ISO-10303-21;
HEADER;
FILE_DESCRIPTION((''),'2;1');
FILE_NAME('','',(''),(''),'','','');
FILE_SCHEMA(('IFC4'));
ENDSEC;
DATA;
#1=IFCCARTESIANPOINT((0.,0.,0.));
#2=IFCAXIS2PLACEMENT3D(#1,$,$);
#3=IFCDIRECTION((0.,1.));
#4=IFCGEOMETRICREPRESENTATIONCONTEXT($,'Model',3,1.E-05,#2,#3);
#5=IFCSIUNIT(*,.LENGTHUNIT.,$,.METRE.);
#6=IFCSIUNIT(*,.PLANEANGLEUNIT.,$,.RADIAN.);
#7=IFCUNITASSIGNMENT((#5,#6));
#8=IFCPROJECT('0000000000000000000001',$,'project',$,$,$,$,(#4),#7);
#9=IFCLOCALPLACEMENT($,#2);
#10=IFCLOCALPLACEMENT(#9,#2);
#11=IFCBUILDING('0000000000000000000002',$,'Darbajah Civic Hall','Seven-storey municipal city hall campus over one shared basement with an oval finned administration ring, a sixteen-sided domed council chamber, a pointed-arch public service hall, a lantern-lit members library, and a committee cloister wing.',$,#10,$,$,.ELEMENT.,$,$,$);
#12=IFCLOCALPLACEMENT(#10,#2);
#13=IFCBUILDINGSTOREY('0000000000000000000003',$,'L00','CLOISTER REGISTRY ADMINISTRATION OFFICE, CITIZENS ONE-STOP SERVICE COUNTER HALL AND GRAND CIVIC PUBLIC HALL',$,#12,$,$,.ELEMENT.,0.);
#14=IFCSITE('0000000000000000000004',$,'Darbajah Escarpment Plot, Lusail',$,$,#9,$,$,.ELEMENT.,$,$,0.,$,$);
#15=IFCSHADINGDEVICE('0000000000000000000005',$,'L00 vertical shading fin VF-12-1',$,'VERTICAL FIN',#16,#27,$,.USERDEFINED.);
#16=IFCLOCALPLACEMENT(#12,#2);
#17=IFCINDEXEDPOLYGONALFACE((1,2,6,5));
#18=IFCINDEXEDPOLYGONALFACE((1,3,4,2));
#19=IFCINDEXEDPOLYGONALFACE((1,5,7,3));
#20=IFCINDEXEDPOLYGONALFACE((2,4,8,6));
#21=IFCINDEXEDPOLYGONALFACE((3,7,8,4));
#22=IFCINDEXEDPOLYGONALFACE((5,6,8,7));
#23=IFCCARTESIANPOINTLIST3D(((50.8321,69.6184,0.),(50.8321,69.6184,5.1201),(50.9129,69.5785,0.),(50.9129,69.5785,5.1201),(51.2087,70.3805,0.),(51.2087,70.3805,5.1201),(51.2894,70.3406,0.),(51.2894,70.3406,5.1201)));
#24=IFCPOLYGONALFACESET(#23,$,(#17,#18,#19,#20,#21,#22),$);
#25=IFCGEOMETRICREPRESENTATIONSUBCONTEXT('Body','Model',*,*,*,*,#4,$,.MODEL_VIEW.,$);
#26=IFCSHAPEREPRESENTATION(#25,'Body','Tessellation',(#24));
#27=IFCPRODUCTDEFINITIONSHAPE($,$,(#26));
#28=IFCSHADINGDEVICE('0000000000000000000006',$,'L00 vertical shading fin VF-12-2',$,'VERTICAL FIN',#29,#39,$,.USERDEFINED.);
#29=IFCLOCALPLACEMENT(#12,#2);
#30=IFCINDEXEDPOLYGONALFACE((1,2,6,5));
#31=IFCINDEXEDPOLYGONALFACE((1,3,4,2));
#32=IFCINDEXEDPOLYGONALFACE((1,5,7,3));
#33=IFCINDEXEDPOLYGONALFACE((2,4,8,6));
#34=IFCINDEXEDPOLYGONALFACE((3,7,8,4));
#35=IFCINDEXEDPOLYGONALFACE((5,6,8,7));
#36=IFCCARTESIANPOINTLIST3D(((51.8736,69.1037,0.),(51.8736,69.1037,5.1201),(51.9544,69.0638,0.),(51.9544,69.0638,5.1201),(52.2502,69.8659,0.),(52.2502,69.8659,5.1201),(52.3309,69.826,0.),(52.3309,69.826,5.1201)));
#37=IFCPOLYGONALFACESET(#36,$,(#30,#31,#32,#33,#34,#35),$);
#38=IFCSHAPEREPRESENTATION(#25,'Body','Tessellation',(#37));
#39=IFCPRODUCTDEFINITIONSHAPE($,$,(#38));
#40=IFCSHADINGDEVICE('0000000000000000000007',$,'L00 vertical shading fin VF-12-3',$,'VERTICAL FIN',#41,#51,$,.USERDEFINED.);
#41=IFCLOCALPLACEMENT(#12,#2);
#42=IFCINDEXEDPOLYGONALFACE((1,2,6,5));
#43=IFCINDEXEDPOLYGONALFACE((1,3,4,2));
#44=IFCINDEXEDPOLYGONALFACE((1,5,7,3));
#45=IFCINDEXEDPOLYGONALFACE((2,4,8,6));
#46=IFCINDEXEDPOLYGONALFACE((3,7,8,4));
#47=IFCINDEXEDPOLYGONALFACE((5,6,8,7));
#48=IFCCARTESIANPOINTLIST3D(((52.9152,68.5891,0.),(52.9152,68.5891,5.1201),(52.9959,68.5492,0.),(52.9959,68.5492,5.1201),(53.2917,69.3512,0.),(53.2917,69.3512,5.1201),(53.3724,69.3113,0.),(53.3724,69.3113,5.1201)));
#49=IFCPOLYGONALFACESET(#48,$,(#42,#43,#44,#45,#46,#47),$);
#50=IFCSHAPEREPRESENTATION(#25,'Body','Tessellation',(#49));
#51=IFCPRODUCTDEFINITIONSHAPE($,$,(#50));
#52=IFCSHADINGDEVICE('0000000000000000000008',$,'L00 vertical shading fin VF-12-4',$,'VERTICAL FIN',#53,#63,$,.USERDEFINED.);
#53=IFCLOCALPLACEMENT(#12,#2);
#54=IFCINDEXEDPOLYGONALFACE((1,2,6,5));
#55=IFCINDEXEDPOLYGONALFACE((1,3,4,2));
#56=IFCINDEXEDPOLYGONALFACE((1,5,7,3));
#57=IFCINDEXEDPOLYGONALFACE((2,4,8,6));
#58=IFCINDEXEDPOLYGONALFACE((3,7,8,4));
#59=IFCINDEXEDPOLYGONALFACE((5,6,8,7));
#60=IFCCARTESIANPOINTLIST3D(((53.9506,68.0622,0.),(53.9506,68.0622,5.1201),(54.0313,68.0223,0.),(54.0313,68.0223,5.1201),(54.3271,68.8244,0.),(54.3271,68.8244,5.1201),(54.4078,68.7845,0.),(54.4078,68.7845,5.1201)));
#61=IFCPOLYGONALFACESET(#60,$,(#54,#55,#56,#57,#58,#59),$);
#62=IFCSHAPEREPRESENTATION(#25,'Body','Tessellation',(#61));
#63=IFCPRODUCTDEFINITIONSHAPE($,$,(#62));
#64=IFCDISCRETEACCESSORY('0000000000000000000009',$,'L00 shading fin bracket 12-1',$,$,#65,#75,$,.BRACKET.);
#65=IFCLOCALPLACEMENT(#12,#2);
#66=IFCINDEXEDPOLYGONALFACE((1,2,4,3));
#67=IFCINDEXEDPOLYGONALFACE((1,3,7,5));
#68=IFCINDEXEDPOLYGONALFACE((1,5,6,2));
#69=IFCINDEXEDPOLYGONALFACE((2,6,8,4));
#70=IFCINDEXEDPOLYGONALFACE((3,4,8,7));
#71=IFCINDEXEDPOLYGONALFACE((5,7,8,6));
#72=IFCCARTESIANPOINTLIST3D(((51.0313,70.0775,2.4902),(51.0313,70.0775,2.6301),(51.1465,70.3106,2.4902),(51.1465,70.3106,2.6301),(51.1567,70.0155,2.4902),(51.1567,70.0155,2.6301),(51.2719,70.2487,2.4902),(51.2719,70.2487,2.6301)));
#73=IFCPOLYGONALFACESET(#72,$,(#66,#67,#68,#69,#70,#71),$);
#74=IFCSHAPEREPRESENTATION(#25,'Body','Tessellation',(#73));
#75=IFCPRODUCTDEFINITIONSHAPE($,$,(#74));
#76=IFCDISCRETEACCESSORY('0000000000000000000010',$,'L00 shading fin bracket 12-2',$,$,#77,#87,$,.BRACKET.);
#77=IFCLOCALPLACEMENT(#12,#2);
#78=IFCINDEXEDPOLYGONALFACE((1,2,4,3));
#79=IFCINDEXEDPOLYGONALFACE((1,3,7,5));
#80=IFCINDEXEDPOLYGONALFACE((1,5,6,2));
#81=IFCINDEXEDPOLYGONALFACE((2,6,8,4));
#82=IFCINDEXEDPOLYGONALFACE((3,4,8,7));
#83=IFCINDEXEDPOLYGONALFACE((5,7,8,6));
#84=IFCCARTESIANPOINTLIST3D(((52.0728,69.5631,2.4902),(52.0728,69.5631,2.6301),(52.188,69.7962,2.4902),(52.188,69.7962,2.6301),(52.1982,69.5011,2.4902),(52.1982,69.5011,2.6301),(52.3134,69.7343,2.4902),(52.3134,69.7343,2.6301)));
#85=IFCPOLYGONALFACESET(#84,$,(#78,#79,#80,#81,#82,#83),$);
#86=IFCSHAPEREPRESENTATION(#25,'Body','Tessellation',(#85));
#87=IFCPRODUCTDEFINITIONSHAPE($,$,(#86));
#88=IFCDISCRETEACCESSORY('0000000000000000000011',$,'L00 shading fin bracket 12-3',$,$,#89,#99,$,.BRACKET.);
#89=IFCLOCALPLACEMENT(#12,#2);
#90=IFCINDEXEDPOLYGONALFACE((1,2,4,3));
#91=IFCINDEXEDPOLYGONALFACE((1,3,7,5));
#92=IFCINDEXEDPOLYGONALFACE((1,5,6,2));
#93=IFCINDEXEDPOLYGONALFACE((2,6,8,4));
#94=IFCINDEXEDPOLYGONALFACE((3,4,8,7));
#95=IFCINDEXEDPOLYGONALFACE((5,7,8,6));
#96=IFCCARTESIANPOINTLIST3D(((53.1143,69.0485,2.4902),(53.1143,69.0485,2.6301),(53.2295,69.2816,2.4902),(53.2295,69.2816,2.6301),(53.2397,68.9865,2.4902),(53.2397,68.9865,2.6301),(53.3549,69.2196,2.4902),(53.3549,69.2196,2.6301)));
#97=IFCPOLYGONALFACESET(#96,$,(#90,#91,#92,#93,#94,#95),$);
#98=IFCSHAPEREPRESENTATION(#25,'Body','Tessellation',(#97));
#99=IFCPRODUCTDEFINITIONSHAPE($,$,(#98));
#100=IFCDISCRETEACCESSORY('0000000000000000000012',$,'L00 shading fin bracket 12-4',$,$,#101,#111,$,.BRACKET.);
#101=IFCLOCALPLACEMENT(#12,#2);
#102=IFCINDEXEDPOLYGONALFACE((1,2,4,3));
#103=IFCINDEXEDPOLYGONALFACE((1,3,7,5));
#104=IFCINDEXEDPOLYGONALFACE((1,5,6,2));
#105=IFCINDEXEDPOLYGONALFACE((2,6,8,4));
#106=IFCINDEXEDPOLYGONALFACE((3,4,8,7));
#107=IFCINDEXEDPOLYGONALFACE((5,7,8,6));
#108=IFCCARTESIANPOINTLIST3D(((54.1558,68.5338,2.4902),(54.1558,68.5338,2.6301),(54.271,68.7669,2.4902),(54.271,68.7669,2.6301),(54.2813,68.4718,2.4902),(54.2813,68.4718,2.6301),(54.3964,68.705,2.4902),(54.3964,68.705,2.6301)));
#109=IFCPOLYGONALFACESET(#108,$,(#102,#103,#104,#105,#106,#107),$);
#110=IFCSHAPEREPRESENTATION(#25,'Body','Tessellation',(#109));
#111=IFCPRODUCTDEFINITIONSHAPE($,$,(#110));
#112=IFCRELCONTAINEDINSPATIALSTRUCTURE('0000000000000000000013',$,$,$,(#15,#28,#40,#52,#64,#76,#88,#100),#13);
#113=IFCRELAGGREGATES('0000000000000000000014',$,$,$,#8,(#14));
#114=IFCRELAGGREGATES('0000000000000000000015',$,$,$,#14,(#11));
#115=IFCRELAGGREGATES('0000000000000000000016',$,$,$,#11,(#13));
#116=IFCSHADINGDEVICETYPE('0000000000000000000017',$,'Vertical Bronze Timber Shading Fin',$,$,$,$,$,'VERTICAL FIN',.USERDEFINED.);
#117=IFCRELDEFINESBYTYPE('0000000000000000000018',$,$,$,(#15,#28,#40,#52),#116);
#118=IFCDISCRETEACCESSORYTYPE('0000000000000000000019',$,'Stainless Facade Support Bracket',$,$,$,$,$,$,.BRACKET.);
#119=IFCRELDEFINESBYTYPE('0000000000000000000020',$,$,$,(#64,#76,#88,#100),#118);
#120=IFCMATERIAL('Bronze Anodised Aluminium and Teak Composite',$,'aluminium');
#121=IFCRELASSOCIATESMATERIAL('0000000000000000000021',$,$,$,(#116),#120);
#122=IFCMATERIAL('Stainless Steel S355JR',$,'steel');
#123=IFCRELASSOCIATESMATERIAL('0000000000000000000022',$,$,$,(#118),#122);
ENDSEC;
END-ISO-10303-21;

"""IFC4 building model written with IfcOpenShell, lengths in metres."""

from ifc_helpers import new_model, si_unit, direction, frame, origin, origin_2d, place, context, subcontext, project, spatial, rectangle, extrude, material, type_object, element, save


model = new_model("IFC4")

# Units and contexts
model_context = context("Model", 3, precision=1e-05, world=origin(), true_north=direction((0.0, 1.0)))
body_context = subcontext(model_context, "Body", "Model", "MODEL_VIEW")
ifc_project = project(units=[si_unit("LENGTHUNIT", "METRE"), si_unit("PLANEANGLEUNIT", "RADIAN")], contexts=[model_context])

# Site, building, storey
site_placement = place(None, origin())
site = spatial("IfcSite", under=ifc_project, at=site_placement, Name="Darbajah Escarpment Plot, Lusail", CompositionType="ELEMENT", RefElevation=0.0)
building_placement = place(site_placement, origin())
building = spatial("IfcBuilding", under=site, at=building_placement, Name="Darbajah Civic Hall", Description="Seven-storey municipal city hall campus over one shared basement with an oval finned administration ring, a sixteen-sided domed council chamber, a pointed-arch public service hall, a lantern-lit members library, and a committee cloister wing.", CompositionType="ELEMENT")
storey_placement = place(building_placement, origin())
storey = spatial("IfcBuildingStorey", under=building, at=storey_placement, Name="L00", Description="CLOISTER REGISTRY ADMINISTRATION OFFICE, CITIZENS ONE-STOP SERVICE COUNTER HALL AND GRAND CIVIC PUBLIC HALL", CompositionType="ELEMENT", Elevation=0.0)

# Shading devices
ifc_material_1 = material(Name="Bronze Anodised Aluminium and Teak Composite", Category="aluminium")
shading_device_type = type_object("IfcShadingDeviceType", Name="Vertical Bronze Timber Shading Fin", ElementType="VERTICAL FIN", PredefinedType="USERDEFINED", material=ifc_material_1)
for number, where, z_axis, x_axis, name in (
    (1, (51.0608, 69.9795, 0.0), (0.0, 0.0, 1.0), (-0.442915, -0.896564, 0.0), "L00 vertical shading fin VF-12-1"),
    (2, (52.1023, 69.4648, 0.0), (0.0, 0.0, 1.0), (-0.442915, -0.896564, 0.0), "L00 vertical shading fin VF-12-2"),
    (3, (53.1438, 68.9502, 0.0), (0.0, 0.0, 1.0), (-0.442915, -0.896564, 0.0), "L00 vertical shading fin VF-12-3"),
    (4, (54.1792, 68.4233, 0.0), (0.0, 0.0, 1.0), (-0.442915, -0.896564, 0.0), "L00 vertical shading fin VF-12-4"),
):
    element("IfcShadingDevice", number, at=place(storey_placement, frame(where, z_axis=z_axis, x_axis=x_axis)), inside=storey, type_object=shading_device_type, Name=name, ObjectType="VERTICAL FIN", PredefinedType="USERDEFINED", context=body_context, shape_type="SweptSolid", body=[
        extrude(rectangle(XDim=0.8501, YDim=0.0901, at=origin_2d()), origin(), (0.0, 0.0, 1.0), 5.1201),
    ])

# Discrete accessories
ifc_material_2 = material(Name="Stainless Steel S355JR", Category="steel")
discrete_accessory_type = type_object("IfcDiscreteAccessoryType", Name="Stainless Facade Support Bracket", PredefinedType="BRACKET", material=ifc_material_2)
for number, where, z_axis, x_axis, name in (
    (5, (51.1516, 70.1631, 2.4902), (0.0, 0.0, 1.0), (-0.442915, -0.896564, 0.0), "L00 shading fin bracket 12-1"),
    (6, (52.1931, 69.6487, 2.4902), (0.0, 0.0, 1.0), (-0.442915, -0.896564, 0.0), "L00 shading fin bracket 12-2"),
    (7, (53.2346, 69.134, 2.4902), (0.0, 0.0, 1.0), (-0.442915, -0.896564, 0.0), "L00 shading fin bracket 12-3"),
    (8, (54.2761, 68.6194, 2.4902), (0.0, 0.0, 1.0), (-0.442915, -0.896564, 0.0), "L00 shading fin bracket 12-4"),
):
    element("IfcDiscreteAccessory", number, at=place(storey_placement, frame(where, z_axis=z_axis, x_axis=x_axis)), inside=storey, type_object=discrete_accessory_type, Name=name, PredefinedType="BRACKET", context=body_context, shape_type="SweptSolid", body=[
        extrude(rectangle(XDim=0.26, YDim=0.1399, at=origin_2d()), origin(), (0.0, 0.0, 1.0), 0.1399),
    ])

save(model, "model.ifc")
